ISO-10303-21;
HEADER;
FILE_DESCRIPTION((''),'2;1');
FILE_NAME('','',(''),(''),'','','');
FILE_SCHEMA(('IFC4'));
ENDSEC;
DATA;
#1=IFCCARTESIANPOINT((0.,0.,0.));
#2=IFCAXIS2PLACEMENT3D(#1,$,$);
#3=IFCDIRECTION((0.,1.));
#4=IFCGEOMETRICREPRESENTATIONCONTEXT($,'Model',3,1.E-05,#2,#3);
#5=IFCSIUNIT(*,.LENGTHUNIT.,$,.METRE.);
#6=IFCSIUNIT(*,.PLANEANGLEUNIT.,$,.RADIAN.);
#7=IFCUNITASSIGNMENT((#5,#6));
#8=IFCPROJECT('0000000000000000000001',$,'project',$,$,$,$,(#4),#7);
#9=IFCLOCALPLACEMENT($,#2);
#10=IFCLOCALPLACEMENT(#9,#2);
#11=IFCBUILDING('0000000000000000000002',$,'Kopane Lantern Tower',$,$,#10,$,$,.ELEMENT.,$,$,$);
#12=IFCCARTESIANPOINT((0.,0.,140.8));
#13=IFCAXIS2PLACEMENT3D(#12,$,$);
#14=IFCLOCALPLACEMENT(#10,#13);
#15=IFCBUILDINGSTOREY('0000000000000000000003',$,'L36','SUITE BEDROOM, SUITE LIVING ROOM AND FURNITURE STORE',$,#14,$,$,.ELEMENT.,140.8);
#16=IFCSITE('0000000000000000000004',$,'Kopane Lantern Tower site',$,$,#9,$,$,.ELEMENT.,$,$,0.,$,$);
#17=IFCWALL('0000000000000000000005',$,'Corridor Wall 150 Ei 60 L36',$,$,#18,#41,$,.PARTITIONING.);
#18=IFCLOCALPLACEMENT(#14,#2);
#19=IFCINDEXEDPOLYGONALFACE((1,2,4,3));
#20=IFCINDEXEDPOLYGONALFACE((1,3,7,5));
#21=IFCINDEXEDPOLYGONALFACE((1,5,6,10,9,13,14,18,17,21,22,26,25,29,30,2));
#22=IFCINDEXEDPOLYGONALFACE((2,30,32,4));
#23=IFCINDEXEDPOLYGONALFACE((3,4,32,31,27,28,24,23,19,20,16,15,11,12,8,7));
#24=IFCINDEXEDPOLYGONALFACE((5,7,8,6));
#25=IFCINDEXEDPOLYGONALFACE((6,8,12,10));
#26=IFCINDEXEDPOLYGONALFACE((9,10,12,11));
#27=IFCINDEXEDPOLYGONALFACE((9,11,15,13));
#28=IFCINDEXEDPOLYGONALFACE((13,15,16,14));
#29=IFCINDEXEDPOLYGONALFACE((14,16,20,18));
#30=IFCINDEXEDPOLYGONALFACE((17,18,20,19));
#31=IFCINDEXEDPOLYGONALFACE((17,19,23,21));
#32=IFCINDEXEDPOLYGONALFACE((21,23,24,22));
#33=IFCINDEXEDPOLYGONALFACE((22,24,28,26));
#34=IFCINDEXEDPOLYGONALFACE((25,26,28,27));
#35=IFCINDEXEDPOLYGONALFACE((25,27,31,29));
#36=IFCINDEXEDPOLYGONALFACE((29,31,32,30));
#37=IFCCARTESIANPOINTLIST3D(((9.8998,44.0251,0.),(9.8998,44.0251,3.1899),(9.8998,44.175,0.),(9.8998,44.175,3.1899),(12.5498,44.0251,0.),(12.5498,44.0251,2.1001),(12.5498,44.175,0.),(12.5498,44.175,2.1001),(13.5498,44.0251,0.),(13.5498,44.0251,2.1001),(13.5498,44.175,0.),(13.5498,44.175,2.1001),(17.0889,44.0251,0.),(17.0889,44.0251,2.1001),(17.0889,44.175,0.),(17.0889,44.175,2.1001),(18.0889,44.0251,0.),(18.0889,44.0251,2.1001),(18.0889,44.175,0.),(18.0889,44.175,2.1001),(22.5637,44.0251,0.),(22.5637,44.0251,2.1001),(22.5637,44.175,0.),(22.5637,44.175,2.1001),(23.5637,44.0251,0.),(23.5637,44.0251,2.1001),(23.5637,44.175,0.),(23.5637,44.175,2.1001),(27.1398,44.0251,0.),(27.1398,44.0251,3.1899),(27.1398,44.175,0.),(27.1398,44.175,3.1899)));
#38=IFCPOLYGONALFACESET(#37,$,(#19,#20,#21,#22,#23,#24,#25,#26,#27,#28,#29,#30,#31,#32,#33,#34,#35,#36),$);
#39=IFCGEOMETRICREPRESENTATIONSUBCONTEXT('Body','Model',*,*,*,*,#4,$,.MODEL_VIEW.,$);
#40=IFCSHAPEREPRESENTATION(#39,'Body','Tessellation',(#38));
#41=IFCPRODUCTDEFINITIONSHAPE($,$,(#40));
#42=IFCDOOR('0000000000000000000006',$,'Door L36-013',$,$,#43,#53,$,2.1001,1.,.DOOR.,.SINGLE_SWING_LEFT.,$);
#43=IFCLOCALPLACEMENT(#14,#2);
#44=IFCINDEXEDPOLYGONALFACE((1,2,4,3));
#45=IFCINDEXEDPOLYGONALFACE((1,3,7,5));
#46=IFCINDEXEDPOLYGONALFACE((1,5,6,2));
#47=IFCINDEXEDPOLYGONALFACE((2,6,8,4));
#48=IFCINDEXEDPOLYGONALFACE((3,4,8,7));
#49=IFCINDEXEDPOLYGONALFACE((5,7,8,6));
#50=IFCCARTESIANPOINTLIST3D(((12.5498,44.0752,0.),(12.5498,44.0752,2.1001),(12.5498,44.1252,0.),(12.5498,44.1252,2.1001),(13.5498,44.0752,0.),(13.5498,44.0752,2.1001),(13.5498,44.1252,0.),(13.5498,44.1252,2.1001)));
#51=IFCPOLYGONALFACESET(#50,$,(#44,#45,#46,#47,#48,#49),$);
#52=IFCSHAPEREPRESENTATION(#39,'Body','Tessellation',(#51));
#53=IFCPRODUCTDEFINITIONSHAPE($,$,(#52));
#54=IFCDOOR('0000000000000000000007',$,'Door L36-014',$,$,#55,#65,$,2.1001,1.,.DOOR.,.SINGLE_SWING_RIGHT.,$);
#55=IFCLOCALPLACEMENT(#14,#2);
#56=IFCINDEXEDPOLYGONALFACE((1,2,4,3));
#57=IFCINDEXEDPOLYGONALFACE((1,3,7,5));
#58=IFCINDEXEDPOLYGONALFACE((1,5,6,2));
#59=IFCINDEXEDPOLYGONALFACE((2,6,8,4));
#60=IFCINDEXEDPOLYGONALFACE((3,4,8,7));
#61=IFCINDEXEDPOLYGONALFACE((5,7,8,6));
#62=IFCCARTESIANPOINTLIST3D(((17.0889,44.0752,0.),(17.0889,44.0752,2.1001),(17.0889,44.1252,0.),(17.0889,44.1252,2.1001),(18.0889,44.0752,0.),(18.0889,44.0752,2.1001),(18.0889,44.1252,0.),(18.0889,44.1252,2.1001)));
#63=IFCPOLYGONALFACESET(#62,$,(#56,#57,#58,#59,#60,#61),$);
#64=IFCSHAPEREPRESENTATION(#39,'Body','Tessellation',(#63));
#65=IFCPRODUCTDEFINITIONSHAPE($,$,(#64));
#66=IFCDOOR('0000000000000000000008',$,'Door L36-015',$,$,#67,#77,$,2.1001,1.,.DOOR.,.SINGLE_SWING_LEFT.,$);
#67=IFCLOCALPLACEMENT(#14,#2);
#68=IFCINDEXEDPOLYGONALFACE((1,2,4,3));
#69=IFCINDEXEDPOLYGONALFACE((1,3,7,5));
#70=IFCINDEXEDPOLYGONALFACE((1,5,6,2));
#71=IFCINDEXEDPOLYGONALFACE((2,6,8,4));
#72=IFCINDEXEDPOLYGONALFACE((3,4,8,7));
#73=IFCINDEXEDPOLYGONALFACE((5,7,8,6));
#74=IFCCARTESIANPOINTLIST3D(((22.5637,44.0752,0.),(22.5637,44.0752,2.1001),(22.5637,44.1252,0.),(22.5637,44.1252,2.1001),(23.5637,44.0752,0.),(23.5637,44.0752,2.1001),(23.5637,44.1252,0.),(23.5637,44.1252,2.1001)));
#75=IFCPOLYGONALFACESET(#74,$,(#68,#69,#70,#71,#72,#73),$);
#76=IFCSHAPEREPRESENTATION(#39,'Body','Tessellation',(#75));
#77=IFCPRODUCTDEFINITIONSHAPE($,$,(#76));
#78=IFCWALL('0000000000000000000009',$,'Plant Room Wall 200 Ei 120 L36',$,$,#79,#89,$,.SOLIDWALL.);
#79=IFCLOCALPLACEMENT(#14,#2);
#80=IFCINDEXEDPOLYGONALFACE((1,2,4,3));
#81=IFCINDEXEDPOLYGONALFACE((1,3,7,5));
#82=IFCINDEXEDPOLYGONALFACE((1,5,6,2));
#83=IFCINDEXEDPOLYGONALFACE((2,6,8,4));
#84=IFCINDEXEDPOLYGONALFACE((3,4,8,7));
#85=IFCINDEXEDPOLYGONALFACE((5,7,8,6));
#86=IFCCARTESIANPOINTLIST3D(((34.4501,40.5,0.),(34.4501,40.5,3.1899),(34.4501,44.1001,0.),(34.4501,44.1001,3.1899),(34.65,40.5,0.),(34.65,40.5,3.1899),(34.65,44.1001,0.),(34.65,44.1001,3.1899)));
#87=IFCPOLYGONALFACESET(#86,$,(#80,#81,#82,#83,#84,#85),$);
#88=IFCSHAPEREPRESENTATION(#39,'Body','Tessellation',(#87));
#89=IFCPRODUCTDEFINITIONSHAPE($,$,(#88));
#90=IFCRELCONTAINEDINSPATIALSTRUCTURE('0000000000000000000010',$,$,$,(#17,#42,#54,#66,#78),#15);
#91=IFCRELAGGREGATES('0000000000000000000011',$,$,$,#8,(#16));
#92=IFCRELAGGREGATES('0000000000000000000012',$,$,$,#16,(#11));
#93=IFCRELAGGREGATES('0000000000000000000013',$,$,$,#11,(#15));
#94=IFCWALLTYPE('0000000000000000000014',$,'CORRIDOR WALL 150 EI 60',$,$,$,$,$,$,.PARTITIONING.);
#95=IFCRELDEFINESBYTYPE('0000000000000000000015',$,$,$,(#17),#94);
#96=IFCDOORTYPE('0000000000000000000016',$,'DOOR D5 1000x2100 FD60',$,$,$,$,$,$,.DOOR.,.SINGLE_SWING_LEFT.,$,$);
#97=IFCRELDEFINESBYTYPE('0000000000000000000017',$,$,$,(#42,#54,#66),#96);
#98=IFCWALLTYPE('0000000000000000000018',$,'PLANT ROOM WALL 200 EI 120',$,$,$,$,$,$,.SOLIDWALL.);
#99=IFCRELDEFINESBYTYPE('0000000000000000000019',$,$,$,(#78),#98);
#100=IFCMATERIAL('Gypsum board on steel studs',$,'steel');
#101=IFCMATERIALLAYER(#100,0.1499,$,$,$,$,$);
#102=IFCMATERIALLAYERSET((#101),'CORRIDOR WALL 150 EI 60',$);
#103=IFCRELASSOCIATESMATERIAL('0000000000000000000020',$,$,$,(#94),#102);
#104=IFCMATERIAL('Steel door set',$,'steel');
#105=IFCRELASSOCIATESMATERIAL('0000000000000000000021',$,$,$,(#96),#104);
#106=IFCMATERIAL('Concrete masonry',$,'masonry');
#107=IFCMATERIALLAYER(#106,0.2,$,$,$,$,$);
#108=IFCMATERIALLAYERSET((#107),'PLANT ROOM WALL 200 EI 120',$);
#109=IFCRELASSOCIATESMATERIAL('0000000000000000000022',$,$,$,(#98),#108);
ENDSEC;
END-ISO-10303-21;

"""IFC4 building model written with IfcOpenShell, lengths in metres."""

from ifc_helpers import new_model, si_unit, direction, frame, frame_2d, origin, place, context, subcontext, project, spatial, rectangle, extrude, material, layer, layer_set, type_object, element, fill, save


model = new_model("IFC4")

# Units and contexts
model_context = context("Model", 3, precision=1e-05, world=origin(), true_north=direction((0.0, 1.0)))
body_context = subcontext(model_context, "Body", "Model", "MODEL_VIEW")
ifc_project = project(units=[si_unit("LENGTHUNIT", "METRE"), si_unit("PLANEANGLEUNIT", "RADIAN")], contexts=[model_context])

# Site, building, storey
site_placement = place(None, origin())
site = spatial("IfcSite", under=ifc_project, at=site_placement, Name="Kopane Lantern Tower site", CompositionType="ELEMENT", RefElevation=0.0)
building_placement = place(site_placement, origin())
building = spatial("IfcBuilding", under=site, at=building_placement, Name="Kopane Lantern Tower", CompositionType="ELEMENT")
storey_placement = place(building_placement, frame((0.0, 0.0, 140.8)))
storey = spatial("IfcBuildingStorey", under=building, at=storey_placement, Name="L36", Description="SUITE BEDROOM, SUITE LIVING ROOM AND FURNITURE STORE", CompositionType="ELEMENT", Elevation=140.8)

# Wall, openings, doors
ifc_material_1 = material(Name="Gypsum board on steel studs", Category="steel")
ifc_layer_1 = layer(ifc_material_1, 0.1499)
ifc_layer_set_1 = layer_set([ifc_layer_1], Name="CORRIDOR WALL 150 EI 60")
wall_type_1 = type_object("IfcWallType", Name="CORRIDOR WALL 150 EI 60", PredefinedType="PARTITIONING", material=ifc_layer_set_1)
wall_1_placement = place(storey_placement, frame((27.1399, 44.1001, 0.0), z_axis=(0.0, 0.0, 1.0), x_axis=(-1.0, 0.0, 0.0)))
wall_1 = element("IfcWall", 1, at=wall_1_placement, inside=storey, type_object=wall_type_1, Name="Corridor Wall 150 Ei 60 L36", PredefinedType="PARTITIONING", context=body_context, shape_type="SweptSolid", body=[
    extrude(rectangle(XDim=17.24, YDim=0.1499, at=frame_2d((8.6201, 0.0))), origin(), (0.0, 0.0, 1.0), 3.1899),
])
opening_1_placement = place(wall_1_placement, frame((13.5901, 0.0, 0.0)))
opening_1 = element("IfcOpeningElement", 2, at=opening_1_placement, cuts=wall_1, PredefinedType="OPENING", context=body_context, shape_type="SweptSolid", body=[
    extrude(rectangle(XDim=1.0, YDim=2.1001, at=frame_2d((0.5, 1.05))), frame((0.0, 0.085, 0.0), z_axis=(0.0, -1.0, 0.0), x_axis=(1.0, 0.0, 0.0)), (0.0, 0.0, 1.0), 0.1699),
])
opening_2_placement = place(wall_1_placement, frame((9.051, 0.0, 0.0)))
opening_2 = element("IfcOpeningElement", 3, at=opening_2_placement, cuts=wall_1, PredefinedType="OPENING", context=body_context, shape_type="SweptSolid", body=[
    extrude(rectangle(XDim=1.0, YDim=2.1001, at=frame_2d((0.5, 1.05))), frame((0.0, 0.085, 0.0), z_axis=(0.0, -1.0, 0.0), x_axis=(1.0, 0.0, 0.0)), (0.0, 0.0, 1.0), 0.1699),
])
opening_3_placement = place(wall_1_placement, frame((3.5762, 0.0, 0.0)))
opening_3 = element("IfcOpeningElement", 4, at=opening_3_placement, cuts=wall_1, PredefinedType="OPENING", context=body_context, shape_type="SweptSolid", body=[
    extrude(rectangle(XDim=1.0, YDim=2.1001, at=frame_2d((0.5, 1.05))), frame((0.0, 0.085, 0.0), z_axis=(0.0, -1.0, 0.0), x_axis=(1.0, 0.0, 0.0)), (0.0, 0.0, 1.0), 0.1699),
])
ifc_material_2 = material(Name="Steel door set", Category="steel")
door_type_1 = type_object("IfcDoorType", Name="DOOR D5 1000x2100 FD60", OperationType="SINGLE_SWING_LEFT", PredefinedType="DOOR", material=ifc_material_2)
door_1_placement = place(opening_1_placement, origin())
door_1 = element("IfcDoor", 5, at=door_1_placement, inside=storey, type_object=door_type_1, Name="Door L36-013", OperationType="SINGLE_SWING_LEFT", OverallHeight=2.1001, OverallWidth=1.0, PredefinedType="DOOR", context=body_context, shape_type="SweptSolid", body=[
    extrude(rectangle(XDim=1.0, YDim=2.1001, at=frame_2d((0.5, 1.05))), frame((0.0, 0.0249, 0.0), z_axis=(0.0, -1.0, 0.0), x_axis=(1.0, 0.0, 0.0)), (0.0, 0.0, 1.0), 0.05),
])
fill(opening_1, door_1)
door_2_placement = place(opening_2_placement, origin())
door_2 = element("IfcDoor", 6, at=door_2_placement, inside=storey, type_object=door_type_1, Name="Door L36-014", OperationType="SINGLE_SWING_RIGHT", OverallHeight=2.1001, OverallWidth=1.0, PredefinedType="DOOR", context=body_context, shape_type="SweptSolid", body=[
    extrude(rectangle(XDim=1.0, YDim=2.1001, at=frame_2d((0.5, 1.05))), frame((0.0, 0.0249, 0.0), z_axis=(0.0, -1.0, 0.0), x_axis=(1.0, 0.0, 0.0)), (0.0, 0.0, 1.0), 0.05),
])
fill(opening_2, door_2)
door_3_placement = place(opening_3_placement, origin())
door_3 = element("IfcDoor", 7, at=door_3_placement, inside=storey, type_object=door_type_1, Name="Door L36-015", OperationType="SINGLE_SWING_LEFT", OverallHeight=2.1001, OverallWidth=1.0, PredefinedType="DOOR", context=body_context, shape_type="SweptSolid", body=[
    extrude(rectangle(XDim=1.0, YDim=2.1001, at=frame_2d((0.5, 1.05))), frame((0.0, 0.0249, 0.0), z_axis=(0.0, -1.0, 0.0), x_axis=(1.0, 0.0, 0.0)), (0.0, 0.0, 1.0), 0.05),
])
fill(opening_3, door_3)

# Wall
ifc_material_3 = material(Name="Concrete masonry", Category="masonry")
ifc_layer_2 = layer(ifc_material_3, 0.2)
ifc_layer_set_2 = layer_set([ifc_layer_2], Name="PLANT ROOM WALL 200 EI 120")
wall_type_2 = type_object("IfcWallType", Name="PLANT ROOM WALL 200 EI 120", PredefinedType="SOLIDWALL", material=ifc_layer_set_2)
wall_2_placement = place(storey_placement, frame((34.55, 44.1001, 0.0), z_axis=(0.0, 0.0, 1.0), x_axis=(0.0, -1.0, 0.0)))
element("IfcWall", 8, at=wall_2_placement, inside=storey, type_object=wall_type_2, Name="Plant Room Wall 200 Ei 120 L36", PredefinedType="SOLIDWALL", context=body_context, shape_type="SweptSolid", body=[
    extrude(rectangle(XDim=3.6001, YDim=0.2, at=frame_2d((1.8, 0.0))), origin(), (0.0, 0.0, 1.0), 3.1899),
])

save(model, "model.ifc")
